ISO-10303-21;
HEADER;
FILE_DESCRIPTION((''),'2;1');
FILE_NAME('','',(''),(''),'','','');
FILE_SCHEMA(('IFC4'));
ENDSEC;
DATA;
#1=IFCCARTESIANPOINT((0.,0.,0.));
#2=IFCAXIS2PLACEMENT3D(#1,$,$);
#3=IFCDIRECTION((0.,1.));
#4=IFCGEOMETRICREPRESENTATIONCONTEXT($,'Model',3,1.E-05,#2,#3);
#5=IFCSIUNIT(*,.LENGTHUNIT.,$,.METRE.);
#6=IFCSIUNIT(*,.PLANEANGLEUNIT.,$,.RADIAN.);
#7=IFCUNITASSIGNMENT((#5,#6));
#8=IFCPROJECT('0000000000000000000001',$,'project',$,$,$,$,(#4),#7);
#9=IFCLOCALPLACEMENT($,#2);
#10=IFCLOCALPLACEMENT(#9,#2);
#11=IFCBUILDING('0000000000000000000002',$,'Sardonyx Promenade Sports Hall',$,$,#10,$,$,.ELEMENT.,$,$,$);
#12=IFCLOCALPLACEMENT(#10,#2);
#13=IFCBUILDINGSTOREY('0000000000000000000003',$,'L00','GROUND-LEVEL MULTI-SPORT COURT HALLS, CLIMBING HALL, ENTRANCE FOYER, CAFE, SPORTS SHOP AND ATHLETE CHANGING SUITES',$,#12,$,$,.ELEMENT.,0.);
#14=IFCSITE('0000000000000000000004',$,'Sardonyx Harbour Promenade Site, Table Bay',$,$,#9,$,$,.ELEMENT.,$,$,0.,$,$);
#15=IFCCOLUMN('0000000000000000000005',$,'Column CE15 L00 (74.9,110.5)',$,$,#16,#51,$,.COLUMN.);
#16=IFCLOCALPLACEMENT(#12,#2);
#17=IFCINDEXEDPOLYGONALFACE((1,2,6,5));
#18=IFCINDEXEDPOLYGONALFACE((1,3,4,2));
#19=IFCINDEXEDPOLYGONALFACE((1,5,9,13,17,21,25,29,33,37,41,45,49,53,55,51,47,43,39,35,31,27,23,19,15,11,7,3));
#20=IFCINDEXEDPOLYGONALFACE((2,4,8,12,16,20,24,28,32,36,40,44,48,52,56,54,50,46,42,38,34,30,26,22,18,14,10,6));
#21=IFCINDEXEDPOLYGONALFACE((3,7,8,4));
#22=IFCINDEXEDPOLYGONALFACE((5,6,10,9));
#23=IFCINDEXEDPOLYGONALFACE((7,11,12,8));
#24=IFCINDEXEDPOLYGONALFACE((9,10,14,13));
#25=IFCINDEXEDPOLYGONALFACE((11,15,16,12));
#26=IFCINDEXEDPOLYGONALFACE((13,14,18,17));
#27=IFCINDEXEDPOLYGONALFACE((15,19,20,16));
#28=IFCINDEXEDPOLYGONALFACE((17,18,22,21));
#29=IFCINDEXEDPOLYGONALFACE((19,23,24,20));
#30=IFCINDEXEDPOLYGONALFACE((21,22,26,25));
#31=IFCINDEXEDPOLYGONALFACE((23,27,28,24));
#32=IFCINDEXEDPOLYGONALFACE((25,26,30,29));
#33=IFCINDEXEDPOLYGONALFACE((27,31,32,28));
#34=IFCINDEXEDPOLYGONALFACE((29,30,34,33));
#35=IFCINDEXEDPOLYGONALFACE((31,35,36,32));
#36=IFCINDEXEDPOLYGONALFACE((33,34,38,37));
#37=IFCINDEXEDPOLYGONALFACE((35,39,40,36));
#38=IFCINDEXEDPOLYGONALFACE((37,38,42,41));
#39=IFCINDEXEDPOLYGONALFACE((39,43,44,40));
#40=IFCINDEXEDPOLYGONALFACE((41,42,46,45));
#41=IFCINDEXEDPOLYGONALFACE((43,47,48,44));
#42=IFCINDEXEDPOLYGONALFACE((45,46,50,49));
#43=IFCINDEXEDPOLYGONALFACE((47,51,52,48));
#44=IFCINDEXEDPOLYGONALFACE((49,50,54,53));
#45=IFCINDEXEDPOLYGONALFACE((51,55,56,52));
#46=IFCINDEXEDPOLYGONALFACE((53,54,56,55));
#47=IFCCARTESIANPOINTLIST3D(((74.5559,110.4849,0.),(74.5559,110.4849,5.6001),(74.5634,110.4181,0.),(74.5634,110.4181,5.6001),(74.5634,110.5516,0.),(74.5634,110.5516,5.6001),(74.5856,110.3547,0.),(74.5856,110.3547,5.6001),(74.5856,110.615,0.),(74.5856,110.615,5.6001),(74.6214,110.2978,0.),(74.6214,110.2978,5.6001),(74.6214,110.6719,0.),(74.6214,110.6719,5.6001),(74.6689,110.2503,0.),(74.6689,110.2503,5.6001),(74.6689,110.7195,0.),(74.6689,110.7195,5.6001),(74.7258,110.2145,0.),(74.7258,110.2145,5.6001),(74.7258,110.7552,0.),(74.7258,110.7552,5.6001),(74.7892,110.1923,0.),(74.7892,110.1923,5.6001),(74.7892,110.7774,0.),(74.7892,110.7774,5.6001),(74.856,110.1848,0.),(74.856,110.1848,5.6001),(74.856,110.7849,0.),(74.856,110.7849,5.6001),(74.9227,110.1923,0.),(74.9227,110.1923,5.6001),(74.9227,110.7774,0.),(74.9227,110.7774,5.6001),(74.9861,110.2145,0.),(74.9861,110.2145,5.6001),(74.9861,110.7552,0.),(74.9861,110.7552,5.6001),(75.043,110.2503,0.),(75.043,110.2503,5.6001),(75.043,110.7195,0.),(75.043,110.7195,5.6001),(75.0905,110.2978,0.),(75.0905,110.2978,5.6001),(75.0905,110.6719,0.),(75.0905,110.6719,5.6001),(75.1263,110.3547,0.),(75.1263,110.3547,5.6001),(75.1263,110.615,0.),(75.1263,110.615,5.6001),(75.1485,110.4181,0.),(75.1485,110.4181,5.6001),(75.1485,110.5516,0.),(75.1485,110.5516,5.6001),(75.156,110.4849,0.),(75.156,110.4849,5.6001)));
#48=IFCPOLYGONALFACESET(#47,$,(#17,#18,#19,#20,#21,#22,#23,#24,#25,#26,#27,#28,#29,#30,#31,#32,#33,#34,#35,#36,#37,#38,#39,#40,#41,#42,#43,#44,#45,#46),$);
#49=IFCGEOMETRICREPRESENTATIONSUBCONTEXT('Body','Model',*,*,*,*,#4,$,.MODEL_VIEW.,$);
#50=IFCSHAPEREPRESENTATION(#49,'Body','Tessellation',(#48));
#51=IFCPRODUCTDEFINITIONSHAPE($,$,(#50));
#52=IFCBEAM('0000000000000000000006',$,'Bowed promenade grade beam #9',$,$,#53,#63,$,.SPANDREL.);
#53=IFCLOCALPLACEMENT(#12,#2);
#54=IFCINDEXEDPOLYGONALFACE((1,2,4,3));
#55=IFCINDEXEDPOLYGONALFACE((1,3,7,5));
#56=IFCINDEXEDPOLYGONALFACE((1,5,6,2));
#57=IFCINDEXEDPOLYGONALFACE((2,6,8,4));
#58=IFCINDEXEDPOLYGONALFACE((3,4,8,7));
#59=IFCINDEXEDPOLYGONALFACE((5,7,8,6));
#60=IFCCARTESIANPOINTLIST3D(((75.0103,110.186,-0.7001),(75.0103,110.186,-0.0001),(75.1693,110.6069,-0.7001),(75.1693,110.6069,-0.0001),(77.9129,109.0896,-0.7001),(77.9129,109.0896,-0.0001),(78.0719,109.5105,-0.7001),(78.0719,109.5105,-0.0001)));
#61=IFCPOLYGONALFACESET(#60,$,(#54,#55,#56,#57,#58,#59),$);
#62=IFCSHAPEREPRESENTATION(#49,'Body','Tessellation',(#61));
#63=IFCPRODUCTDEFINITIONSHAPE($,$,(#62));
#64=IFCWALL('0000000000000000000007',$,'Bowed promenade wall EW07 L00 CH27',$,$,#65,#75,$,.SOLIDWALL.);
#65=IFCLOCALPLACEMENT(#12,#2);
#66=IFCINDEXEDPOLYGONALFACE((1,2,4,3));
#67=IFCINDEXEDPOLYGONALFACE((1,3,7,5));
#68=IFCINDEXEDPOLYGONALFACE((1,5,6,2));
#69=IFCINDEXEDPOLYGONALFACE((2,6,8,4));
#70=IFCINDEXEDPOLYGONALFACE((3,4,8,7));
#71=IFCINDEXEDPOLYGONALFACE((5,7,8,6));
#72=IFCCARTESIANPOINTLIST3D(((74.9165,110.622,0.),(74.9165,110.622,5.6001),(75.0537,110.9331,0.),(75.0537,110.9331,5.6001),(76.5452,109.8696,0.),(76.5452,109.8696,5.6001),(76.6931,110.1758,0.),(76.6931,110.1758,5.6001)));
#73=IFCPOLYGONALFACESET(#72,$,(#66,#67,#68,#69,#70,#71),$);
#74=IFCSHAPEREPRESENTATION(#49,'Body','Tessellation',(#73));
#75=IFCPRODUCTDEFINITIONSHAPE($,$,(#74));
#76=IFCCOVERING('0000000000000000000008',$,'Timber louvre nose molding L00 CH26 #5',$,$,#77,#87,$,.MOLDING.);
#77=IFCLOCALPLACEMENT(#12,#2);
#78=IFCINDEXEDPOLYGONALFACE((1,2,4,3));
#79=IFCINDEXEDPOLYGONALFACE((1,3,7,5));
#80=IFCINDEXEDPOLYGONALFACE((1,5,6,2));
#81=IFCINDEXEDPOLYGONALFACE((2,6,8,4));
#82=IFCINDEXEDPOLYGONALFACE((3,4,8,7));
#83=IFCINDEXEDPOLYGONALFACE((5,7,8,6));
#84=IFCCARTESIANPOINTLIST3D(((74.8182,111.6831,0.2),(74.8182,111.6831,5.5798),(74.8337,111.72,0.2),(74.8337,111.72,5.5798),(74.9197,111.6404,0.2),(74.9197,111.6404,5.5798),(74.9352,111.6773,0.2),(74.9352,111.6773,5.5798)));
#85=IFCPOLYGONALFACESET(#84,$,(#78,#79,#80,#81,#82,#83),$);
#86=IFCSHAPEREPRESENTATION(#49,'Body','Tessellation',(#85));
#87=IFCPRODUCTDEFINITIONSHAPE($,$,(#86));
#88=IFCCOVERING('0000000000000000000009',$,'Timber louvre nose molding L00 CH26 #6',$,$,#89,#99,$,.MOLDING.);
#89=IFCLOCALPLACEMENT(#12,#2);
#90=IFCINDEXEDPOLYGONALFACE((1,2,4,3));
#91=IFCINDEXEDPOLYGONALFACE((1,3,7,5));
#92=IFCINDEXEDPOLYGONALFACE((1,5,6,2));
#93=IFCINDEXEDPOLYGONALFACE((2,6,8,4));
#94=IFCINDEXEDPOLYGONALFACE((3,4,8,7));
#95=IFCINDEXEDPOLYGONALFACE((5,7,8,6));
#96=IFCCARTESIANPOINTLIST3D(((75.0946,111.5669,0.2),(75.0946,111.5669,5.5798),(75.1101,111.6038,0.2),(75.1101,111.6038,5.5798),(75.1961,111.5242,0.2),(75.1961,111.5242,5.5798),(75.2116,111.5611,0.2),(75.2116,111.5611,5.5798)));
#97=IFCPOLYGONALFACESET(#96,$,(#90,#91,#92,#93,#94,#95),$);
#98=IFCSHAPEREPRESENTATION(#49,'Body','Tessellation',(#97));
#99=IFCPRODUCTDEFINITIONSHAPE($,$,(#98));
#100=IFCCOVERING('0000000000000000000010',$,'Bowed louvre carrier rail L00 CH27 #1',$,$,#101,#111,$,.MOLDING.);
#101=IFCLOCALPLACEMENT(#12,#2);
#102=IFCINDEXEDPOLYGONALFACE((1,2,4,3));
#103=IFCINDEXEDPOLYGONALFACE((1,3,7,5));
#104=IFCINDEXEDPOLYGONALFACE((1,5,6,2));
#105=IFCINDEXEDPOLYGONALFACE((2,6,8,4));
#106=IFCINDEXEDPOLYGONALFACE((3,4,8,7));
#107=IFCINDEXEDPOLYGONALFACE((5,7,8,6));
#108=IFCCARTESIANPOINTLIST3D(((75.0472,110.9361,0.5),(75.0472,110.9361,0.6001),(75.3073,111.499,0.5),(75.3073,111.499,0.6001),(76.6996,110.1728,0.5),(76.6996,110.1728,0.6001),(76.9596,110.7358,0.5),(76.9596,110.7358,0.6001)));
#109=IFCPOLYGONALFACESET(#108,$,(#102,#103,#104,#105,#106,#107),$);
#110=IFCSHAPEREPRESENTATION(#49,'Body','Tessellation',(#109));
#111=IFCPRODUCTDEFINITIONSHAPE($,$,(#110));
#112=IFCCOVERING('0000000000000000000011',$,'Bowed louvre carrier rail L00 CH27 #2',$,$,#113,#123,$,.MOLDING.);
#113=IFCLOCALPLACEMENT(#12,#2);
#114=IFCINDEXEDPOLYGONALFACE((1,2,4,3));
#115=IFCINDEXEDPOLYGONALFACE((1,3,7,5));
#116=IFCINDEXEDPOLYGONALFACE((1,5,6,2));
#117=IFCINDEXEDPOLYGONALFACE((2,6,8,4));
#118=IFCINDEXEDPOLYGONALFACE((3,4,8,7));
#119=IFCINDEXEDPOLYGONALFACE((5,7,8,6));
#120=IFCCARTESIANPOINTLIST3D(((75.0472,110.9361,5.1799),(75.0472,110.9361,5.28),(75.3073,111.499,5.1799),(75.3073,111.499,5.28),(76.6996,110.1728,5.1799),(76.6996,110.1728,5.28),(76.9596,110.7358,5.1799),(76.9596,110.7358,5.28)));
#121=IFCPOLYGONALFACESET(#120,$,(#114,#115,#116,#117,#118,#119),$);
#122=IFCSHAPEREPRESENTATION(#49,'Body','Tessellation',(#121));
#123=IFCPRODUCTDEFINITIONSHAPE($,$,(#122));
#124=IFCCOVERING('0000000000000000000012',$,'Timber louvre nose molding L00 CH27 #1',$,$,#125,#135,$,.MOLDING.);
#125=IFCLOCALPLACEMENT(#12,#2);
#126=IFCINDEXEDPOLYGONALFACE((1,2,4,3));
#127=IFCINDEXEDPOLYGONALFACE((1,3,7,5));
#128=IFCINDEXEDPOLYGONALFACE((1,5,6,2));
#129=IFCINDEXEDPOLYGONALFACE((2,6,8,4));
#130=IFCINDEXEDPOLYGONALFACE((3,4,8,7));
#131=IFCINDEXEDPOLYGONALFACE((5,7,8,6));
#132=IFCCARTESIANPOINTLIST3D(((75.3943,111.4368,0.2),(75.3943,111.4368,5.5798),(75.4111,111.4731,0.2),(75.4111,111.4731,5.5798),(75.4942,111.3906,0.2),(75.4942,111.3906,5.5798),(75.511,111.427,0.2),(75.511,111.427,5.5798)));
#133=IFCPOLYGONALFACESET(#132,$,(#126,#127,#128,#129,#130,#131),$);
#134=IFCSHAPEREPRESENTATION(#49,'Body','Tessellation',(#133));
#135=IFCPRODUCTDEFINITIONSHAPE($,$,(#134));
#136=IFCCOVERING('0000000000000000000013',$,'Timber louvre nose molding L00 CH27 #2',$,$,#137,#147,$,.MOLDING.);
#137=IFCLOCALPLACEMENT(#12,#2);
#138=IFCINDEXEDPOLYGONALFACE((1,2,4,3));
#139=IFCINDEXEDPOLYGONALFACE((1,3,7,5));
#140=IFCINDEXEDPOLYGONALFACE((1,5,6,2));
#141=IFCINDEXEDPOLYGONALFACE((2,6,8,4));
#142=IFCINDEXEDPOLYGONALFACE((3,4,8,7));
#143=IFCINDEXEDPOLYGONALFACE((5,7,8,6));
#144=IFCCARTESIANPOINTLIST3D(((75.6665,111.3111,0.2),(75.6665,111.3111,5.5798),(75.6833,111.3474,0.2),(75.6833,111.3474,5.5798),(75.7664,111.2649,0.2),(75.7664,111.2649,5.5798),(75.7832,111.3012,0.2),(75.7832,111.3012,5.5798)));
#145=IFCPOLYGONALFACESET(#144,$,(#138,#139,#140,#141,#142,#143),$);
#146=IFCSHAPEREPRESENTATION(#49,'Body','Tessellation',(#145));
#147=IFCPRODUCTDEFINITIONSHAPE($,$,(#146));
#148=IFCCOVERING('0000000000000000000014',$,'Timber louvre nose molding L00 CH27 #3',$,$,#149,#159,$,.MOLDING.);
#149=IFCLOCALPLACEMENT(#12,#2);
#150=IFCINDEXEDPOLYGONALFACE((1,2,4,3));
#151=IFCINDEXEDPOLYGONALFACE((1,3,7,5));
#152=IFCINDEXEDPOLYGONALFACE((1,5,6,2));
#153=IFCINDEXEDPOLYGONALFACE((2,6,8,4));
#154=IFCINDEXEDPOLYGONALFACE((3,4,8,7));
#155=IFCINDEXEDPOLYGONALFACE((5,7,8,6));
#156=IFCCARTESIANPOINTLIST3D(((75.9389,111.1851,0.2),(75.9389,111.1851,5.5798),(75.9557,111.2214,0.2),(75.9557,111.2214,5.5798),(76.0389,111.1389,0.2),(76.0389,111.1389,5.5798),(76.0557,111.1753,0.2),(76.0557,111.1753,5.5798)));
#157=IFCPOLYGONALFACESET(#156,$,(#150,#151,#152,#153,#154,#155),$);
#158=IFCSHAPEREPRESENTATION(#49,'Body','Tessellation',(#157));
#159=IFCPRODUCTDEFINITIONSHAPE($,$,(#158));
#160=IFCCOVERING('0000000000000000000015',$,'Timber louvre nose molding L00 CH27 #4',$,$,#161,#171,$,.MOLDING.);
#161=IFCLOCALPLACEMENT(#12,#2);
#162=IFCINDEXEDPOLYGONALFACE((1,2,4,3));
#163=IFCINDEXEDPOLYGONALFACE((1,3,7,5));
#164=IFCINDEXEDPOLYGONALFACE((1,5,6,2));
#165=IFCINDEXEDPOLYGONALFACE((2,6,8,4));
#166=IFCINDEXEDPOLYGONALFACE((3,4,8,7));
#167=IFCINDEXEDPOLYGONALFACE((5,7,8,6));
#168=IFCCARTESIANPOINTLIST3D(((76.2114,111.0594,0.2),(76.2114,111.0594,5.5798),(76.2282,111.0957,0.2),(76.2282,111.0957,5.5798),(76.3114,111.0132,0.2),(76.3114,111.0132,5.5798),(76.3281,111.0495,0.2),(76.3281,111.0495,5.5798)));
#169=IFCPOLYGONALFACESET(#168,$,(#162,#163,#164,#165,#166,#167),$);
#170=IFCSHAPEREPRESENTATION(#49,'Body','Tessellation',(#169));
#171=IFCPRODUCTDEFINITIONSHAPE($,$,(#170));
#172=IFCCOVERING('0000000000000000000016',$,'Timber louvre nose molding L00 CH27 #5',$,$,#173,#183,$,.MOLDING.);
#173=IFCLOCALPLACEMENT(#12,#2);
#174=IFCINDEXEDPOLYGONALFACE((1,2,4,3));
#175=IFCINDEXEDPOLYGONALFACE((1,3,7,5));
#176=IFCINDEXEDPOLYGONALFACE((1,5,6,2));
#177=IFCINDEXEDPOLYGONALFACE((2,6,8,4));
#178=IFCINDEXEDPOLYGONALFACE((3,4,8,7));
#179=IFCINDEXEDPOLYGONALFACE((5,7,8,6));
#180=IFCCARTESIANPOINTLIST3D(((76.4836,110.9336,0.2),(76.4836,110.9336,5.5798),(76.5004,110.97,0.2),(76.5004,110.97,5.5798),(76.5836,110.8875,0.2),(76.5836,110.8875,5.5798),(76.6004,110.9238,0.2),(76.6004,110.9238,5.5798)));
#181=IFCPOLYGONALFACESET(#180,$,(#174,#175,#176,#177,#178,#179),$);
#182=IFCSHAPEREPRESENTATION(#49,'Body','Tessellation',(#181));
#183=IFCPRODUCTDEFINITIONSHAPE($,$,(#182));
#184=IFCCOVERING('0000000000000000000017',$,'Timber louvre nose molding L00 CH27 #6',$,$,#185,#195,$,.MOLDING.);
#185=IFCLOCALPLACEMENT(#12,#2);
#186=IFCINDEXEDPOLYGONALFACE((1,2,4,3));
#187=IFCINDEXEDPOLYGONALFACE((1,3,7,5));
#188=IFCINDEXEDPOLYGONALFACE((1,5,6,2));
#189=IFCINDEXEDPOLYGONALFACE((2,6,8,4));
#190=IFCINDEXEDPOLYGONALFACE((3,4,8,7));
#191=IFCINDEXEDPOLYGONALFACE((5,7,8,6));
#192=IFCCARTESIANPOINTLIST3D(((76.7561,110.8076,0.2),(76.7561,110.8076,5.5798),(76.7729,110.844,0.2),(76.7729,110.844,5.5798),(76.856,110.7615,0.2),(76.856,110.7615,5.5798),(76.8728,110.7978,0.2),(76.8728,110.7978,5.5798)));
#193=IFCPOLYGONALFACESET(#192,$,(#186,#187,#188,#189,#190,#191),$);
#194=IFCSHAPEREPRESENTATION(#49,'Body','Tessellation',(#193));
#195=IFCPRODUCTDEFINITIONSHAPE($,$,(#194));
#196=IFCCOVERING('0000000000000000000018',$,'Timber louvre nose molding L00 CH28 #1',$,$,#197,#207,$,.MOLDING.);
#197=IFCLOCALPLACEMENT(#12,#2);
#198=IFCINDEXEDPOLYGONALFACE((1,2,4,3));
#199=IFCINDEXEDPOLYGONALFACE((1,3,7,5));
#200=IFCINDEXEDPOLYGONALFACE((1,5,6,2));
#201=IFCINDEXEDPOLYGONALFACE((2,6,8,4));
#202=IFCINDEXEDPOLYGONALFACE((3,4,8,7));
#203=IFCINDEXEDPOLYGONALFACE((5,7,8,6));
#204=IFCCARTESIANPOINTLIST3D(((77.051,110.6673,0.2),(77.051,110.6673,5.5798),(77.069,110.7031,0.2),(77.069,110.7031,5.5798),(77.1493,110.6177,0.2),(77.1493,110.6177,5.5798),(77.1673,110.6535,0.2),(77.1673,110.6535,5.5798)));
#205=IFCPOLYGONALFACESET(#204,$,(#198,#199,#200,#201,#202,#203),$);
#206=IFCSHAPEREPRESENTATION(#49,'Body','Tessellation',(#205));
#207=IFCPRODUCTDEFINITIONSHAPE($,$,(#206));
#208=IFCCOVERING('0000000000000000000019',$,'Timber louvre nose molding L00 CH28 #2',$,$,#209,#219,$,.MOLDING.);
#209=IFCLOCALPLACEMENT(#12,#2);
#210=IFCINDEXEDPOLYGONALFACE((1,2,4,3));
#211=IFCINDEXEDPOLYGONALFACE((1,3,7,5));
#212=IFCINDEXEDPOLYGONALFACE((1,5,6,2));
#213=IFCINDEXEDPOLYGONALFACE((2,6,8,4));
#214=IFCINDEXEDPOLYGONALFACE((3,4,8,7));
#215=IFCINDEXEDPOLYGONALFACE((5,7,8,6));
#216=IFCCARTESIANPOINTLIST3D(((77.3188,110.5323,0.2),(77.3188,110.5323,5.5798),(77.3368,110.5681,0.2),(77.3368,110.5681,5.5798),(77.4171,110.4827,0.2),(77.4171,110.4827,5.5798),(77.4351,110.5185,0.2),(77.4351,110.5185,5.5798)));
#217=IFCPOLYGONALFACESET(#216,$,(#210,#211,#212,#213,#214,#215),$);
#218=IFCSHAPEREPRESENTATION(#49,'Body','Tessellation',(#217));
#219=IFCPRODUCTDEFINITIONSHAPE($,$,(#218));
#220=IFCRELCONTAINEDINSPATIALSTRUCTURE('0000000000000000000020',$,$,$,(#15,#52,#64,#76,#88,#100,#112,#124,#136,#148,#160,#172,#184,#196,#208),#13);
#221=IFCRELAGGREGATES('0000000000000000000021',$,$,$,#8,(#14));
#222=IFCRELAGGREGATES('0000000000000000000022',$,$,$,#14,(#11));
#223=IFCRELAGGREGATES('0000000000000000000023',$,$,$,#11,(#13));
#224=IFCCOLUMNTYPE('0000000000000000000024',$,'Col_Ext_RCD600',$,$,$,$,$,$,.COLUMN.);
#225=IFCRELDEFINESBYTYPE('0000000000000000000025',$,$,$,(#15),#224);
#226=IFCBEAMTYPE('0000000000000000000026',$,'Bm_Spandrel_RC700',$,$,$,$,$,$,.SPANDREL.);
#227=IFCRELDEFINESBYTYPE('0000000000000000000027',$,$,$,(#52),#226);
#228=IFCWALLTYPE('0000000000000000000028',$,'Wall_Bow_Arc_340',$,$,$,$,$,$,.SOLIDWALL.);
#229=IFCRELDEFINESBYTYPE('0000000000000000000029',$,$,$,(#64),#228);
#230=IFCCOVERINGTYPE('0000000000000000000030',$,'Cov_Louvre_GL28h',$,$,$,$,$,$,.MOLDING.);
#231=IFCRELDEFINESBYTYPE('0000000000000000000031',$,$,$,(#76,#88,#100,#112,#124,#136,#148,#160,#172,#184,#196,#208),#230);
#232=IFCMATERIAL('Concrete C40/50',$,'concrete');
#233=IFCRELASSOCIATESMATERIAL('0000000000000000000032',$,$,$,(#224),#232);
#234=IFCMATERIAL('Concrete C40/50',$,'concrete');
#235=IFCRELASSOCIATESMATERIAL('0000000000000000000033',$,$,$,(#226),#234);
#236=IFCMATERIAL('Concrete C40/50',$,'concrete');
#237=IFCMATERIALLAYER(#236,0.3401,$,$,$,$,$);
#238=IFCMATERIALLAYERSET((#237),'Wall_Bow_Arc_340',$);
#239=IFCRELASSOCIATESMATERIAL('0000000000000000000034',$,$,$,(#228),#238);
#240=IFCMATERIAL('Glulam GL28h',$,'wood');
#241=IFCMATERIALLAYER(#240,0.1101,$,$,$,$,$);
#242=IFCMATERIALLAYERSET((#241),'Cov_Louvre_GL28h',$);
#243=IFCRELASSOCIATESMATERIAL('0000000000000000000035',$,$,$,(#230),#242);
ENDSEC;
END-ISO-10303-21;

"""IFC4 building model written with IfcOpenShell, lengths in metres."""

from ifc_helpers import new_model, si_unit, direction, frame, origin, origin_2d, place, context, subcontext, project, spatial, polyline, rectangle, circle, outline, extrude, material, layer, layer_set, material_profile, profile_set, type_object, element, save


model = new_model("IFC4")

# Units and contexts
model_context = context("Model", 3, precision=1e-05, world=origin(), true_north=direction((0.0, 1.0)))
body_context = subcontext(model_context, "Body", "Model", "MODEL_VIEW")
ifc_project = project(units=[si_unit("LENGTHUNIT", "METRE"), si_unit("PLANEANGLEUNIT", "RADIAN")], contexts=[model_context])

# Site, building, storey
site_placement = place(None, origin())
site = spatial("IfcSite", under=ifc_project, at=site_placement, Name="Sardonyx Harbour Promenade Site, Table Bay", CompositionType="ELEMENT", RefElevation=0.0)
building_placement = place(site_placement, origin())
building = spatial("IfcBuilding", under=site, at=building_placement, Name="Sardonyx Promenade Sports Hall", CompositionType="ELEMENT")
storey_placement = place(building_placement, origin())
storey = spatial("IfcBuildingStorey", under=building, at=storey_placement, Name="L00", Description="GROUND-LEVEL MULTI-SPORT COURT HALLS, CLIMBING HALL, ENTRANCE FOYER, CAFE, SPORTS SHOP AND ATHLETE CHANGING SUITES", CompositionType="ELEMENT", Elevation=0.0)

# Column
ifc_material_1 = material(Name="Concrete C40/50", Category="concrete")
ifc_material_profile_1 = material_profile(ifc_material_1, circle(Radius=0.3, at=origin_2d()))
ifc_profile_set_1 = profile_set([ifc_material_profile_1], Name="Concrete C40/50")
column_type = type_object("IfcColumnType", Name="Col_Ext_RCD600", PredefinedType="COLUMN", material=ifc_profile_set_1)
column_placement = place(storey_placement, frame((74.856, 110.4849, 0.0), z_axis=(0.0, 0.0, 1.0), x_axis=(1.0, 0.0, 0.0)))
element("IfcColumn", 1, at=column_placement, inside=storey, type_object=column_type, Name="Column CE15 L00 (74.9,110.5)", PredefinedType="COLUMN", context=body_context, shape_type="SweptSolid", body=[
    extrude(circle(Radius=0.3, at=origin_2d()), origin(), (0.0, 0.0, 1.0), 5.6001),
])

# Beam
ifc_material_2 = material(Name="Concrete C40/50", Category="concrete")
ifc_material_profile_2 = material_profile(ifc_material_2, rectangle(XDim=0.45, YDim=0.7, at=origin_2d()))
ifc_profile_set_2 = profile_set([ifc_material_profile_2], Name="Concrete C40/50")
beam_type = type_object("IfcBeamType", Name="Bm_Spandrel_RC700", PredefinedType="SPANDREL", material=ifc_profile_set_2)
beam_placement = place(storey_placement, frame((75.0898, 110.3965, -0.3501), z_axis=(0.935482, -0.353373, 0.0), x_axis=(0.353373, 0.935482, 0.0)))
element("IfcBeam", 2, at=beam_placement, inside=storey, type_object=beam_type, Name="Bowed promenade grade beam #9", PredefinedType="SPANDREL", context=body_context, shape_type="SweptSolid", body=[
    extrude(rectangle(XDim=0.45, YDim=0.7, at=origin_2d()), origin(), (0.0, 0.0, 1.0), 3.1028),
])

# Wall
ifc_material_3 = material(Name="Concrete C40/50", Category="concrete")
ifc_layer_1 = layer(ifc_material_3, 0.3401)
ifc_layer_set_1 = layer_set([ifc_layer_1], Name="Wall_Bow_Arc_340")
wall_type = type_object("IfcWallType", Name="Wall_Bow_Arc_340", PredefinedType="SOLIDWALL", material=ifc_layer_set_1)
wall_placement = place(storey_placement, frame((74.9851, 110.7776, 0.0), z_axis=(0.0, 0.0, 1.0), x_axis=(0.907808, -0.419385, 0.0)))
element("IfcWall", 3, at=wall_placement, inside=storey, type_object=wall_type, Name="Bowed promenade wall EW07 L00 CH27", PredefinedType="SOLIDWALL", context=body_context, shape_type="SweptSolid", body=[
    extrude(outline(polyline([(0.0029, -0.17), (1.7971, -0.17), (1.8029, 0.17), (-0.0029, 0.17), (0.0029, -0.17)])), origin(), (0.0, 0.0, 1.0), 5.6001),
])

# Coverings
ifc_material_4 = material(Name="Glulam GL28h", Category="wood")
ifc_layer_2 = layer(ifc_material_4, 0.1101)
ifc_layer_set_2 = layer_set([ifc_layer_2], Name="Cov_Louvre_GL28h")
covering_type = type_object("IfcCoveringType", Name="Cov_Louvre_GL28h", PredefinedType="MOLDING", material=ifc_layer_set_2)
for number, where, z_axis, x_axis, name in (
    (4, (74.8767, 111.6802, 0.2), (0.0, 0.0, 1.0), (0.9218, -0.387665, 0.0), "Timber louvre nose molding L00 CH26 #5"),
    (5, (75.1531, 111.564, 0.2), (0.0, 0.0, 1.0), (0.9218, -0.387665, 0.0), "Timber louvre nose molding L00 CH26 #6"),
):
    element("IfcCovering", number, at=place(storey_placement, frame(where, z_axis=z_axis, x_axis=x_axis)), inside=storey, type_object=covering_type, Name=name, PredefinedType="MOLDING", context=body_context, shape_type="SweptSolid", body=[
        extrude(rectangle(XDim=0.1101, YDim=0.04, at=origin_2d()), origin(), (0.0, 0.0, 1.0), 5.3799),
    ])
for number, where, z_axis, x_axis, name in (
    (6, (76.0034, 110.8359, 0.5), (0.0, 0.0, 1.0), (0.907831, -0.419336, 0.0), "Bowed louvre carrier rail L00 CH27 #1"),
    (7, (76.0034, 110.8359, 5.1799), (0.0, 0.0, 1.0), (0.907831, -0.419336, 0.0), "Bowed louvre carrier rail L00 CH27 #2"),
):
    element("IfcCovering", number, at=place(storey_placement, frame(where, z_axis=z_axis, x_axis=x_axis)), inside=storey, type_object=covering_type, Name=name, PredefinedType="MOLDING", context=body_context, shape_type="SweptSolid", body=[
        extrude(rectangle(XDim=1.8201, YDim=0.6201, at=origin_2d()), origin(), (0.0, 0.0, 1.0), 0.1001),
    ])
for number, where, z_axis, x_axis, name in (
    (8, (75.4526, 111.4319, 0.2), (0.0, 0.0, 1.0), (0.907831, -0.419336, 0.0), "Timber louvre nose molding L00 CH27 #1"),
    (9, (75.7249, 111.3062, 0.2), (0.0, 0.0, 1.0), (0.907831, -0.419336, 0.0), "Timber louvre nose molding L00 CH27 #2"),
    (10, (75.9973, 111.1802, 0.2), (0.0, 0.0, 1.0), (0.907831, -0.419336, 0.0), "Timber louvre nose molding L00 CH27 #3"),
    (11, (76.2698, 111.0544, 0.2), (0.0, 0.0, 1.0), (0.907831, -0.419336, 0.0), "Timber louvre nose molding L00 CH27 #4"),
    (12, (76.542, 110.9287, 0.2), (0.0, 0.0, 1.0), (0.907831, -0.419336, 0.0), "Timber louvre nose molding L00 CH27 #5"),
    (13, (76.8145, 110.8027, 0.2), (0.0, 0.0, 1.0), (0.907831, -0.419336, 0.0), "Timber louvre nose molding L00 CH27 #6"),
    (14, (77.1091, 110.6604, 0.2), (0.0, 0.0, 1.0), (0.892774, -0.450505, 0.0), "Timber louvre nose molding L00 CH28 #1"),
    (15, (77.377, 110.5254, 0.2), (0.0, 0.0, 1.0), (0.892774, -0.450505, 0.0), "Timber louvre nose molding L00 CH28 #2"),
):
    element("IfcCovering", number, at=place(storey_placement, frame(where, z_axis=z_axis, x_axis=x_axis)), inside=storey, type_object=covering_type, Name=name, PredefinedType="MOLDING", context=body_context, shape_type="SweptSolid", body=[
        extrude(rectangle(XDim=0.1101, YDim=0.04, at=origin_2d()), origin(), (0.0, 0.0, 1.0), 5.3799),
    ])

save(model, "model.ifc")
